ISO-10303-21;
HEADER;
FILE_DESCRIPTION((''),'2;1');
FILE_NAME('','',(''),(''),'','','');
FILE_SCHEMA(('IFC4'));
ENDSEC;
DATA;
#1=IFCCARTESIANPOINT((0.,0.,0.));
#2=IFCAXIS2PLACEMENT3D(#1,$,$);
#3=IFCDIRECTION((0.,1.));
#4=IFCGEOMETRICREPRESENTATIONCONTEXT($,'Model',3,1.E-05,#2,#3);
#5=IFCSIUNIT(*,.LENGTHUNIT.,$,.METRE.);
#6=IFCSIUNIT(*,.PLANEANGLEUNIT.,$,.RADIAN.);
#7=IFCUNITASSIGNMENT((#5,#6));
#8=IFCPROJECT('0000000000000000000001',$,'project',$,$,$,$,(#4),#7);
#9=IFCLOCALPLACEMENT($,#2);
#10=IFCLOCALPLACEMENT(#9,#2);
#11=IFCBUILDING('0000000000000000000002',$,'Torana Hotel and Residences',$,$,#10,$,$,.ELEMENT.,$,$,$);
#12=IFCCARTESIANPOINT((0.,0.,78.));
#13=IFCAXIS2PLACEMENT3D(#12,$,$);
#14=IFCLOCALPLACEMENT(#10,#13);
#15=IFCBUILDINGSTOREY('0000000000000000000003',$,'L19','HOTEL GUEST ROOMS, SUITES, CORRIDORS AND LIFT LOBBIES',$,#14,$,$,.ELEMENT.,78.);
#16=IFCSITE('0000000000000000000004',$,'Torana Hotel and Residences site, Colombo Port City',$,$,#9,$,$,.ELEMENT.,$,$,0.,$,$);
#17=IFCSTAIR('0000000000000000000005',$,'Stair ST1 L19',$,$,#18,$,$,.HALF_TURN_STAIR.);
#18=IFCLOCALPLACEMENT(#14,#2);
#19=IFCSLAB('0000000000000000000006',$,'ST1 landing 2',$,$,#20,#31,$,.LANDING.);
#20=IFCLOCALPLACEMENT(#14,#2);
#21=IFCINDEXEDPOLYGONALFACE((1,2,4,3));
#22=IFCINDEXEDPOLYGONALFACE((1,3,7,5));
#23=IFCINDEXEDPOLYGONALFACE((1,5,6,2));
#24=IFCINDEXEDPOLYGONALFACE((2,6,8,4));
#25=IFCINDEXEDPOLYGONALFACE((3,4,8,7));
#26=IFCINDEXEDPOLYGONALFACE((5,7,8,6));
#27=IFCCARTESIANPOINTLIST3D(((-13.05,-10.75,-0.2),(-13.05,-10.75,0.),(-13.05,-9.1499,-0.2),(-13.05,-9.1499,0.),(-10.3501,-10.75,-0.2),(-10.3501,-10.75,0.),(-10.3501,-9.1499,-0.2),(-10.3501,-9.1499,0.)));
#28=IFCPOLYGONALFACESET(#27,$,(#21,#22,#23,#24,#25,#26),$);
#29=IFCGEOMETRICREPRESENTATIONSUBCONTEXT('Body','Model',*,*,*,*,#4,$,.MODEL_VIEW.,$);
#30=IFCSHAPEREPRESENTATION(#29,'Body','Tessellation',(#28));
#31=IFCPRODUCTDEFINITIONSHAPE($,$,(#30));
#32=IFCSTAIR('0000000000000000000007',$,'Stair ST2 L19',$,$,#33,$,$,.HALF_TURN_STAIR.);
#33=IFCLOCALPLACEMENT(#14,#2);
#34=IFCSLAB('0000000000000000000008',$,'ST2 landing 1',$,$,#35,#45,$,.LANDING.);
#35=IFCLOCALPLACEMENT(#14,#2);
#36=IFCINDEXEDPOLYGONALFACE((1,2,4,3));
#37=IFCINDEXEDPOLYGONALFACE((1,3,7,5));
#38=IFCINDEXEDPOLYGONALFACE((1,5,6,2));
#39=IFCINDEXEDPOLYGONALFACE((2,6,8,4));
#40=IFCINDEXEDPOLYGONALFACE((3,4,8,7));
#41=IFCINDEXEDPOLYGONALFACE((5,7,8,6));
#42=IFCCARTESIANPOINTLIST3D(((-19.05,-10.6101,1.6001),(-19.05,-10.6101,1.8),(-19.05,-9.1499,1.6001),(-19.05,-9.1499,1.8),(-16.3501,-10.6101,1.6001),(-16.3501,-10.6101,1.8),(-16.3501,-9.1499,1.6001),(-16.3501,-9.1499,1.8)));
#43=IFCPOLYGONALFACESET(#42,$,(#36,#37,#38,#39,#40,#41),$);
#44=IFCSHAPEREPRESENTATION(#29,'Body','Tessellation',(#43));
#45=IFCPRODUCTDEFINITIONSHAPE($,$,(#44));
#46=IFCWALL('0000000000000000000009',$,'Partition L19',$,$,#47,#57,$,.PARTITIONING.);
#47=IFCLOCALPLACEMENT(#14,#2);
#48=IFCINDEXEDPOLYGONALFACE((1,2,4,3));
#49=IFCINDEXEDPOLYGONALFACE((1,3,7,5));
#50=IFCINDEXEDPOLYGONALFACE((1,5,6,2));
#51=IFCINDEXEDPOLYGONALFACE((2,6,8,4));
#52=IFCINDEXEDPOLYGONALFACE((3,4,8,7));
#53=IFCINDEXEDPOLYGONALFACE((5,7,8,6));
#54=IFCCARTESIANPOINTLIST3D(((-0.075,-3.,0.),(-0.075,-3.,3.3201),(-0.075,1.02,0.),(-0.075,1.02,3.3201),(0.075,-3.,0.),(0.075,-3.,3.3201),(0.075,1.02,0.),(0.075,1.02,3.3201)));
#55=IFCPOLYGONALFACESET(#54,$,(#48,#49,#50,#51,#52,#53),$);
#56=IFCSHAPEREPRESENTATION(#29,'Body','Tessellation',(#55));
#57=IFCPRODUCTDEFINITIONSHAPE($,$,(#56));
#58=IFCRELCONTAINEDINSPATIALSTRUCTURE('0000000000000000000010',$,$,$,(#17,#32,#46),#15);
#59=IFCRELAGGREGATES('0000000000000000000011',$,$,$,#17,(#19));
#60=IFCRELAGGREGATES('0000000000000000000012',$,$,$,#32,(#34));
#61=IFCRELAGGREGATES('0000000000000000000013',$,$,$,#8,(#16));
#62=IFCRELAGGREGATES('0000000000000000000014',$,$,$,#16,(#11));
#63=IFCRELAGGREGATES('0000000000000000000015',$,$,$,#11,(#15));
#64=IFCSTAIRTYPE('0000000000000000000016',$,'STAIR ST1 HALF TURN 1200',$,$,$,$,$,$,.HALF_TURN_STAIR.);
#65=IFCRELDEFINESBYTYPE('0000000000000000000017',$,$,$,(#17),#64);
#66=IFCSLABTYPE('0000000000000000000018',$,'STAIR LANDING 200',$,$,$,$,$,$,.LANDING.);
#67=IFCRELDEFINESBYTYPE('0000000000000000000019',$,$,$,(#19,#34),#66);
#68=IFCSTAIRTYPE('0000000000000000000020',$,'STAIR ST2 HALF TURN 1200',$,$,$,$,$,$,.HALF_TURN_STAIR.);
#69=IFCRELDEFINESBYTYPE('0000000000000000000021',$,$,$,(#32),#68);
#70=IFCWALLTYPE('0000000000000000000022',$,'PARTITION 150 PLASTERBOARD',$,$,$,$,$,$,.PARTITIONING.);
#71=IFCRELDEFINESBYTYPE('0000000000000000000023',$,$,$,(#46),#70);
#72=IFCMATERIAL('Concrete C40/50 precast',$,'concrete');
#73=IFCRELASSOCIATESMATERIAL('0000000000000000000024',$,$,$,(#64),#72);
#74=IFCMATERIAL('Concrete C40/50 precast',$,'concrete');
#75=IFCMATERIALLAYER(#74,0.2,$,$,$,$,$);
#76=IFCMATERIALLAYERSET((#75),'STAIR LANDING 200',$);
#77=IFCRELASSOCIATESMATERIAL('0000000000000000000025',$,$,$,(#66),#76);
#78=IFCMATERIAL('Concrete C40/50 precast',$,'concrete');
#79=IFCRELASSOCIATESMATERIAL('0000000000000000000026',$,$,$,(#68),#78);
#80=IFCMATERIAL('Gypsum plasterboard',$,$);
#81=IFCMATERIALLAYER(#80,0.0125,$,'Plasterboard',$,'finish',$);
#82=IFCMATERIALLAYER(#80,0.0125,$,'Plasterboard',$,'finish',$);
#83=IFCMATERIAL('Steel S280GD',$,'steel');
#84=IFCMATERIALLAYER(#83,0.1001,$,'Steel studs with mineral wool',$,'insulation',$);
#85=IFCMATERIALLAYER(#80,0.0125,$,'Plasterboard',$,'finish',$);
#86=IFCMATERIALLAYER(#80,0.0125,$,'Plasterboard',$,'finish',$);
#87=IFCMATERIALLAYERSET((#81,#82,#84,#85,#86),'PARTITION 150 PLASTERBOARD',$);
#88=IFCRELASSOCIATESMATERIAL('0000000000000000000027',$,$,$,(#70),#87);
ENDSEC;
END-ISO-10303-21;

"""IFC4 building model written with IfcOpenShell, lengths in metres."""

from ifc_helpers import new_model, si_unit, direction, frame, frame_2d, origin, place, context, subcontext, project, spatial, polyline, rectangle, outline, extrude, material, layer, layer_set, type_object, element, aggregate, save


model = new_model("IFC4")

# Units and contexts
model_context = context("Model", 3, precision=1e-05, world=origin(), true_north=direction((0.0, 1.0)))
body_context = subcontext(model_context, "Body", "Model", "MODEL_VIEW")
ifc_project = project(units=[si_unit("LENGTHUNIT", "METRE"), si_unit("PLANEANGLEUNIT", "RADIAN")], contexts=[model_context])

# Site, building, storey
site_placement = place(None, origin())
site = spatial("IfcSite", under=ifc_project, at=site_placement, Name="Torana Hotel and Residences site, Colombo Port City", CompositionType="ELEMENT", RefElevation=0.0)
building_placement = place(site_placement, origin())
building = spatial("IfcBuilding", under=site, at=building_placement, Name="Torana Hotel and Residences", CompositionType="ELEMENT")
storey_placement = place(building_placement, frame((0.0, 0.0, 78.0)))
storey = spatial("IfcBuildingStorey", under=building, at=storey_placement, Name="L19", Description="HOTEL GUEST ROOMS, SUITES, CORRIDORS AND LIFT LOBBIES", CompositionType="ELEMENT", Elevation=78.0)

# Stair, slab
ifc_material_1 = material(Name="Concrete C40/50 precast", Category="concrete")
stair_type_1 = type_object("IfcStairType", Name="STAIR ST1 HALF TURN 1200", PredefinedType="HALF_TURN_STAIR", material=ifc_material_1)
stair_1_placement = place(storey_placement, origin())
stair_1 = element("IfcStair", 1, at=stair_1_placement, inside=storey, type_object=stair_type_1, Name="Stair ST1 L19", PredefinedType="HALF_TURN_STAIR")
ifc_material_2 = material(Name="Concrete C40/50 precast", Category="concrete")
ifc_layer_1 = layer(ifc_material_2, 0.2)
ifc_layer_set_1 = layer_set([ifc_layer_1], Name="STAIR LANDING 200")
slab_type_1 = type_object("IfcSlabType", Name="STAIR LANDING 200", PredefinedType="LANDING", material=ifc_layer_set_1)
slab_1_placement = place(storey_placement, frame((0.0, 0.0, -0.2)))
slab_1 = element("IfcSlab", 2, at=slab_1_placement, type_object=slab_type_1, Name="ST1 landing 2", PredefinedType="LANDING", context=body_context, shape_type="SweptSolid", body=[
    extrude(outline(polyline([(-13.05, -10.75), (-10.3501, -10.75), (-10.3501, -9.1499), (-13.05, -9.1499), (-13.05, -10.75)])), origin(), (0.0, 0.0, 1.0), 0.2),
])
aggregate(stair_1, [slab_1])

# Stair, slab
ifc_material_3 = material(Name="Concrete C40/50 precast", Category="concrete")
stair_type_2 = type_object("IfcStairType", Name="STAIR ST2 HALF TURN 1200", PredefinedType="HALF_TURN_STAIR", material=ifc_material_3)
stair_2_placement = place(storey_placement, origin())
stair_2 = element("IfcStair", 3, at=stair_2_placement, inside=storey, type_object=stair_type_2, Name="Stair ST2 L19", PredefinedType="HALF_TURN_STAIR")
slab_2_placement = place(storey_placement, frame((0.0, 0.0, 1.6001)))
slab_2 = element("IfcSlab", 4, at=slab_2_placement, type_object=slab_type_1, Name="ST2 landing 1", PredefinedType="LANDING", context=body_context, shape_type="SweptSolid", body=[
    extrude(outline(polyline([(-19.05, -10.6101), (-16.3501, -10.6101), (-16.3501, -9.1499), (-19.05, -9.1499), (-19.05, -10.6101)])), origin(), (0.0, 0.0, 1.0), 0.2),
])
aggregate(stair_2, [slab_2])

# Wall
ifc_material_4 = material(Name="Gypsum plasterboard")
ifc_layer_2 = layer(ifc_material_4, 0.0125, Name="Plasterboard", Category="finish")
ifc_layer_3 = layer(ifc_material_4, 0.0125, Name="Plasterboard", Category="finish")
ifc_material_5 = material(Name="Steel S280GD", Category="steel")
ifc_layer_4 = layer(ifc_material_5, 0.1001, Name="Steel studs with mineral wool", Category="insulation")
ifc_layer_5 = layer(ifc_material_4, 0.0125, Name="Plasterboard", Category="finish")
ifc_layer_6 = layer(ifc_material_4, 0.0125, Name="Plasterboard", Category="finish")
ifc_layer_set_2 = layer_set([ifc_layer_2, ifc_layer_3, ifc_layer_4, ifc_layer_5, ifc_layer_6], Name="PARTITION 150 PLASTERBOARD")
wall_type = type_object("IfcWallType", Name="PARTITION 150 PLASTERBOARD", PredefinedType="PARTITIONING", material=ifc_layer_set_2)
wall_placement = place(storey_placement, frame((0.0, -3.0, 0.0), z_axis=(0.0, 0.0, 1.0), x_axis=(0.0, 1.0, 0.0)))
element("IfcWall", 5, at=wall_placement, inside=storey, type_object=wall_type, Name="Partition L19", PredefinedType="PARTITIONING", context=body_context, shape_type="SweptSolid", body=[
    extrude(rectangle(XDim=4.02, YDim=0.1499, at=frame_2d((2.01, 0.0))), origin(), (0.0, 0.0, 1.0), 3.3201),
])

save(model, "model.ifc")
